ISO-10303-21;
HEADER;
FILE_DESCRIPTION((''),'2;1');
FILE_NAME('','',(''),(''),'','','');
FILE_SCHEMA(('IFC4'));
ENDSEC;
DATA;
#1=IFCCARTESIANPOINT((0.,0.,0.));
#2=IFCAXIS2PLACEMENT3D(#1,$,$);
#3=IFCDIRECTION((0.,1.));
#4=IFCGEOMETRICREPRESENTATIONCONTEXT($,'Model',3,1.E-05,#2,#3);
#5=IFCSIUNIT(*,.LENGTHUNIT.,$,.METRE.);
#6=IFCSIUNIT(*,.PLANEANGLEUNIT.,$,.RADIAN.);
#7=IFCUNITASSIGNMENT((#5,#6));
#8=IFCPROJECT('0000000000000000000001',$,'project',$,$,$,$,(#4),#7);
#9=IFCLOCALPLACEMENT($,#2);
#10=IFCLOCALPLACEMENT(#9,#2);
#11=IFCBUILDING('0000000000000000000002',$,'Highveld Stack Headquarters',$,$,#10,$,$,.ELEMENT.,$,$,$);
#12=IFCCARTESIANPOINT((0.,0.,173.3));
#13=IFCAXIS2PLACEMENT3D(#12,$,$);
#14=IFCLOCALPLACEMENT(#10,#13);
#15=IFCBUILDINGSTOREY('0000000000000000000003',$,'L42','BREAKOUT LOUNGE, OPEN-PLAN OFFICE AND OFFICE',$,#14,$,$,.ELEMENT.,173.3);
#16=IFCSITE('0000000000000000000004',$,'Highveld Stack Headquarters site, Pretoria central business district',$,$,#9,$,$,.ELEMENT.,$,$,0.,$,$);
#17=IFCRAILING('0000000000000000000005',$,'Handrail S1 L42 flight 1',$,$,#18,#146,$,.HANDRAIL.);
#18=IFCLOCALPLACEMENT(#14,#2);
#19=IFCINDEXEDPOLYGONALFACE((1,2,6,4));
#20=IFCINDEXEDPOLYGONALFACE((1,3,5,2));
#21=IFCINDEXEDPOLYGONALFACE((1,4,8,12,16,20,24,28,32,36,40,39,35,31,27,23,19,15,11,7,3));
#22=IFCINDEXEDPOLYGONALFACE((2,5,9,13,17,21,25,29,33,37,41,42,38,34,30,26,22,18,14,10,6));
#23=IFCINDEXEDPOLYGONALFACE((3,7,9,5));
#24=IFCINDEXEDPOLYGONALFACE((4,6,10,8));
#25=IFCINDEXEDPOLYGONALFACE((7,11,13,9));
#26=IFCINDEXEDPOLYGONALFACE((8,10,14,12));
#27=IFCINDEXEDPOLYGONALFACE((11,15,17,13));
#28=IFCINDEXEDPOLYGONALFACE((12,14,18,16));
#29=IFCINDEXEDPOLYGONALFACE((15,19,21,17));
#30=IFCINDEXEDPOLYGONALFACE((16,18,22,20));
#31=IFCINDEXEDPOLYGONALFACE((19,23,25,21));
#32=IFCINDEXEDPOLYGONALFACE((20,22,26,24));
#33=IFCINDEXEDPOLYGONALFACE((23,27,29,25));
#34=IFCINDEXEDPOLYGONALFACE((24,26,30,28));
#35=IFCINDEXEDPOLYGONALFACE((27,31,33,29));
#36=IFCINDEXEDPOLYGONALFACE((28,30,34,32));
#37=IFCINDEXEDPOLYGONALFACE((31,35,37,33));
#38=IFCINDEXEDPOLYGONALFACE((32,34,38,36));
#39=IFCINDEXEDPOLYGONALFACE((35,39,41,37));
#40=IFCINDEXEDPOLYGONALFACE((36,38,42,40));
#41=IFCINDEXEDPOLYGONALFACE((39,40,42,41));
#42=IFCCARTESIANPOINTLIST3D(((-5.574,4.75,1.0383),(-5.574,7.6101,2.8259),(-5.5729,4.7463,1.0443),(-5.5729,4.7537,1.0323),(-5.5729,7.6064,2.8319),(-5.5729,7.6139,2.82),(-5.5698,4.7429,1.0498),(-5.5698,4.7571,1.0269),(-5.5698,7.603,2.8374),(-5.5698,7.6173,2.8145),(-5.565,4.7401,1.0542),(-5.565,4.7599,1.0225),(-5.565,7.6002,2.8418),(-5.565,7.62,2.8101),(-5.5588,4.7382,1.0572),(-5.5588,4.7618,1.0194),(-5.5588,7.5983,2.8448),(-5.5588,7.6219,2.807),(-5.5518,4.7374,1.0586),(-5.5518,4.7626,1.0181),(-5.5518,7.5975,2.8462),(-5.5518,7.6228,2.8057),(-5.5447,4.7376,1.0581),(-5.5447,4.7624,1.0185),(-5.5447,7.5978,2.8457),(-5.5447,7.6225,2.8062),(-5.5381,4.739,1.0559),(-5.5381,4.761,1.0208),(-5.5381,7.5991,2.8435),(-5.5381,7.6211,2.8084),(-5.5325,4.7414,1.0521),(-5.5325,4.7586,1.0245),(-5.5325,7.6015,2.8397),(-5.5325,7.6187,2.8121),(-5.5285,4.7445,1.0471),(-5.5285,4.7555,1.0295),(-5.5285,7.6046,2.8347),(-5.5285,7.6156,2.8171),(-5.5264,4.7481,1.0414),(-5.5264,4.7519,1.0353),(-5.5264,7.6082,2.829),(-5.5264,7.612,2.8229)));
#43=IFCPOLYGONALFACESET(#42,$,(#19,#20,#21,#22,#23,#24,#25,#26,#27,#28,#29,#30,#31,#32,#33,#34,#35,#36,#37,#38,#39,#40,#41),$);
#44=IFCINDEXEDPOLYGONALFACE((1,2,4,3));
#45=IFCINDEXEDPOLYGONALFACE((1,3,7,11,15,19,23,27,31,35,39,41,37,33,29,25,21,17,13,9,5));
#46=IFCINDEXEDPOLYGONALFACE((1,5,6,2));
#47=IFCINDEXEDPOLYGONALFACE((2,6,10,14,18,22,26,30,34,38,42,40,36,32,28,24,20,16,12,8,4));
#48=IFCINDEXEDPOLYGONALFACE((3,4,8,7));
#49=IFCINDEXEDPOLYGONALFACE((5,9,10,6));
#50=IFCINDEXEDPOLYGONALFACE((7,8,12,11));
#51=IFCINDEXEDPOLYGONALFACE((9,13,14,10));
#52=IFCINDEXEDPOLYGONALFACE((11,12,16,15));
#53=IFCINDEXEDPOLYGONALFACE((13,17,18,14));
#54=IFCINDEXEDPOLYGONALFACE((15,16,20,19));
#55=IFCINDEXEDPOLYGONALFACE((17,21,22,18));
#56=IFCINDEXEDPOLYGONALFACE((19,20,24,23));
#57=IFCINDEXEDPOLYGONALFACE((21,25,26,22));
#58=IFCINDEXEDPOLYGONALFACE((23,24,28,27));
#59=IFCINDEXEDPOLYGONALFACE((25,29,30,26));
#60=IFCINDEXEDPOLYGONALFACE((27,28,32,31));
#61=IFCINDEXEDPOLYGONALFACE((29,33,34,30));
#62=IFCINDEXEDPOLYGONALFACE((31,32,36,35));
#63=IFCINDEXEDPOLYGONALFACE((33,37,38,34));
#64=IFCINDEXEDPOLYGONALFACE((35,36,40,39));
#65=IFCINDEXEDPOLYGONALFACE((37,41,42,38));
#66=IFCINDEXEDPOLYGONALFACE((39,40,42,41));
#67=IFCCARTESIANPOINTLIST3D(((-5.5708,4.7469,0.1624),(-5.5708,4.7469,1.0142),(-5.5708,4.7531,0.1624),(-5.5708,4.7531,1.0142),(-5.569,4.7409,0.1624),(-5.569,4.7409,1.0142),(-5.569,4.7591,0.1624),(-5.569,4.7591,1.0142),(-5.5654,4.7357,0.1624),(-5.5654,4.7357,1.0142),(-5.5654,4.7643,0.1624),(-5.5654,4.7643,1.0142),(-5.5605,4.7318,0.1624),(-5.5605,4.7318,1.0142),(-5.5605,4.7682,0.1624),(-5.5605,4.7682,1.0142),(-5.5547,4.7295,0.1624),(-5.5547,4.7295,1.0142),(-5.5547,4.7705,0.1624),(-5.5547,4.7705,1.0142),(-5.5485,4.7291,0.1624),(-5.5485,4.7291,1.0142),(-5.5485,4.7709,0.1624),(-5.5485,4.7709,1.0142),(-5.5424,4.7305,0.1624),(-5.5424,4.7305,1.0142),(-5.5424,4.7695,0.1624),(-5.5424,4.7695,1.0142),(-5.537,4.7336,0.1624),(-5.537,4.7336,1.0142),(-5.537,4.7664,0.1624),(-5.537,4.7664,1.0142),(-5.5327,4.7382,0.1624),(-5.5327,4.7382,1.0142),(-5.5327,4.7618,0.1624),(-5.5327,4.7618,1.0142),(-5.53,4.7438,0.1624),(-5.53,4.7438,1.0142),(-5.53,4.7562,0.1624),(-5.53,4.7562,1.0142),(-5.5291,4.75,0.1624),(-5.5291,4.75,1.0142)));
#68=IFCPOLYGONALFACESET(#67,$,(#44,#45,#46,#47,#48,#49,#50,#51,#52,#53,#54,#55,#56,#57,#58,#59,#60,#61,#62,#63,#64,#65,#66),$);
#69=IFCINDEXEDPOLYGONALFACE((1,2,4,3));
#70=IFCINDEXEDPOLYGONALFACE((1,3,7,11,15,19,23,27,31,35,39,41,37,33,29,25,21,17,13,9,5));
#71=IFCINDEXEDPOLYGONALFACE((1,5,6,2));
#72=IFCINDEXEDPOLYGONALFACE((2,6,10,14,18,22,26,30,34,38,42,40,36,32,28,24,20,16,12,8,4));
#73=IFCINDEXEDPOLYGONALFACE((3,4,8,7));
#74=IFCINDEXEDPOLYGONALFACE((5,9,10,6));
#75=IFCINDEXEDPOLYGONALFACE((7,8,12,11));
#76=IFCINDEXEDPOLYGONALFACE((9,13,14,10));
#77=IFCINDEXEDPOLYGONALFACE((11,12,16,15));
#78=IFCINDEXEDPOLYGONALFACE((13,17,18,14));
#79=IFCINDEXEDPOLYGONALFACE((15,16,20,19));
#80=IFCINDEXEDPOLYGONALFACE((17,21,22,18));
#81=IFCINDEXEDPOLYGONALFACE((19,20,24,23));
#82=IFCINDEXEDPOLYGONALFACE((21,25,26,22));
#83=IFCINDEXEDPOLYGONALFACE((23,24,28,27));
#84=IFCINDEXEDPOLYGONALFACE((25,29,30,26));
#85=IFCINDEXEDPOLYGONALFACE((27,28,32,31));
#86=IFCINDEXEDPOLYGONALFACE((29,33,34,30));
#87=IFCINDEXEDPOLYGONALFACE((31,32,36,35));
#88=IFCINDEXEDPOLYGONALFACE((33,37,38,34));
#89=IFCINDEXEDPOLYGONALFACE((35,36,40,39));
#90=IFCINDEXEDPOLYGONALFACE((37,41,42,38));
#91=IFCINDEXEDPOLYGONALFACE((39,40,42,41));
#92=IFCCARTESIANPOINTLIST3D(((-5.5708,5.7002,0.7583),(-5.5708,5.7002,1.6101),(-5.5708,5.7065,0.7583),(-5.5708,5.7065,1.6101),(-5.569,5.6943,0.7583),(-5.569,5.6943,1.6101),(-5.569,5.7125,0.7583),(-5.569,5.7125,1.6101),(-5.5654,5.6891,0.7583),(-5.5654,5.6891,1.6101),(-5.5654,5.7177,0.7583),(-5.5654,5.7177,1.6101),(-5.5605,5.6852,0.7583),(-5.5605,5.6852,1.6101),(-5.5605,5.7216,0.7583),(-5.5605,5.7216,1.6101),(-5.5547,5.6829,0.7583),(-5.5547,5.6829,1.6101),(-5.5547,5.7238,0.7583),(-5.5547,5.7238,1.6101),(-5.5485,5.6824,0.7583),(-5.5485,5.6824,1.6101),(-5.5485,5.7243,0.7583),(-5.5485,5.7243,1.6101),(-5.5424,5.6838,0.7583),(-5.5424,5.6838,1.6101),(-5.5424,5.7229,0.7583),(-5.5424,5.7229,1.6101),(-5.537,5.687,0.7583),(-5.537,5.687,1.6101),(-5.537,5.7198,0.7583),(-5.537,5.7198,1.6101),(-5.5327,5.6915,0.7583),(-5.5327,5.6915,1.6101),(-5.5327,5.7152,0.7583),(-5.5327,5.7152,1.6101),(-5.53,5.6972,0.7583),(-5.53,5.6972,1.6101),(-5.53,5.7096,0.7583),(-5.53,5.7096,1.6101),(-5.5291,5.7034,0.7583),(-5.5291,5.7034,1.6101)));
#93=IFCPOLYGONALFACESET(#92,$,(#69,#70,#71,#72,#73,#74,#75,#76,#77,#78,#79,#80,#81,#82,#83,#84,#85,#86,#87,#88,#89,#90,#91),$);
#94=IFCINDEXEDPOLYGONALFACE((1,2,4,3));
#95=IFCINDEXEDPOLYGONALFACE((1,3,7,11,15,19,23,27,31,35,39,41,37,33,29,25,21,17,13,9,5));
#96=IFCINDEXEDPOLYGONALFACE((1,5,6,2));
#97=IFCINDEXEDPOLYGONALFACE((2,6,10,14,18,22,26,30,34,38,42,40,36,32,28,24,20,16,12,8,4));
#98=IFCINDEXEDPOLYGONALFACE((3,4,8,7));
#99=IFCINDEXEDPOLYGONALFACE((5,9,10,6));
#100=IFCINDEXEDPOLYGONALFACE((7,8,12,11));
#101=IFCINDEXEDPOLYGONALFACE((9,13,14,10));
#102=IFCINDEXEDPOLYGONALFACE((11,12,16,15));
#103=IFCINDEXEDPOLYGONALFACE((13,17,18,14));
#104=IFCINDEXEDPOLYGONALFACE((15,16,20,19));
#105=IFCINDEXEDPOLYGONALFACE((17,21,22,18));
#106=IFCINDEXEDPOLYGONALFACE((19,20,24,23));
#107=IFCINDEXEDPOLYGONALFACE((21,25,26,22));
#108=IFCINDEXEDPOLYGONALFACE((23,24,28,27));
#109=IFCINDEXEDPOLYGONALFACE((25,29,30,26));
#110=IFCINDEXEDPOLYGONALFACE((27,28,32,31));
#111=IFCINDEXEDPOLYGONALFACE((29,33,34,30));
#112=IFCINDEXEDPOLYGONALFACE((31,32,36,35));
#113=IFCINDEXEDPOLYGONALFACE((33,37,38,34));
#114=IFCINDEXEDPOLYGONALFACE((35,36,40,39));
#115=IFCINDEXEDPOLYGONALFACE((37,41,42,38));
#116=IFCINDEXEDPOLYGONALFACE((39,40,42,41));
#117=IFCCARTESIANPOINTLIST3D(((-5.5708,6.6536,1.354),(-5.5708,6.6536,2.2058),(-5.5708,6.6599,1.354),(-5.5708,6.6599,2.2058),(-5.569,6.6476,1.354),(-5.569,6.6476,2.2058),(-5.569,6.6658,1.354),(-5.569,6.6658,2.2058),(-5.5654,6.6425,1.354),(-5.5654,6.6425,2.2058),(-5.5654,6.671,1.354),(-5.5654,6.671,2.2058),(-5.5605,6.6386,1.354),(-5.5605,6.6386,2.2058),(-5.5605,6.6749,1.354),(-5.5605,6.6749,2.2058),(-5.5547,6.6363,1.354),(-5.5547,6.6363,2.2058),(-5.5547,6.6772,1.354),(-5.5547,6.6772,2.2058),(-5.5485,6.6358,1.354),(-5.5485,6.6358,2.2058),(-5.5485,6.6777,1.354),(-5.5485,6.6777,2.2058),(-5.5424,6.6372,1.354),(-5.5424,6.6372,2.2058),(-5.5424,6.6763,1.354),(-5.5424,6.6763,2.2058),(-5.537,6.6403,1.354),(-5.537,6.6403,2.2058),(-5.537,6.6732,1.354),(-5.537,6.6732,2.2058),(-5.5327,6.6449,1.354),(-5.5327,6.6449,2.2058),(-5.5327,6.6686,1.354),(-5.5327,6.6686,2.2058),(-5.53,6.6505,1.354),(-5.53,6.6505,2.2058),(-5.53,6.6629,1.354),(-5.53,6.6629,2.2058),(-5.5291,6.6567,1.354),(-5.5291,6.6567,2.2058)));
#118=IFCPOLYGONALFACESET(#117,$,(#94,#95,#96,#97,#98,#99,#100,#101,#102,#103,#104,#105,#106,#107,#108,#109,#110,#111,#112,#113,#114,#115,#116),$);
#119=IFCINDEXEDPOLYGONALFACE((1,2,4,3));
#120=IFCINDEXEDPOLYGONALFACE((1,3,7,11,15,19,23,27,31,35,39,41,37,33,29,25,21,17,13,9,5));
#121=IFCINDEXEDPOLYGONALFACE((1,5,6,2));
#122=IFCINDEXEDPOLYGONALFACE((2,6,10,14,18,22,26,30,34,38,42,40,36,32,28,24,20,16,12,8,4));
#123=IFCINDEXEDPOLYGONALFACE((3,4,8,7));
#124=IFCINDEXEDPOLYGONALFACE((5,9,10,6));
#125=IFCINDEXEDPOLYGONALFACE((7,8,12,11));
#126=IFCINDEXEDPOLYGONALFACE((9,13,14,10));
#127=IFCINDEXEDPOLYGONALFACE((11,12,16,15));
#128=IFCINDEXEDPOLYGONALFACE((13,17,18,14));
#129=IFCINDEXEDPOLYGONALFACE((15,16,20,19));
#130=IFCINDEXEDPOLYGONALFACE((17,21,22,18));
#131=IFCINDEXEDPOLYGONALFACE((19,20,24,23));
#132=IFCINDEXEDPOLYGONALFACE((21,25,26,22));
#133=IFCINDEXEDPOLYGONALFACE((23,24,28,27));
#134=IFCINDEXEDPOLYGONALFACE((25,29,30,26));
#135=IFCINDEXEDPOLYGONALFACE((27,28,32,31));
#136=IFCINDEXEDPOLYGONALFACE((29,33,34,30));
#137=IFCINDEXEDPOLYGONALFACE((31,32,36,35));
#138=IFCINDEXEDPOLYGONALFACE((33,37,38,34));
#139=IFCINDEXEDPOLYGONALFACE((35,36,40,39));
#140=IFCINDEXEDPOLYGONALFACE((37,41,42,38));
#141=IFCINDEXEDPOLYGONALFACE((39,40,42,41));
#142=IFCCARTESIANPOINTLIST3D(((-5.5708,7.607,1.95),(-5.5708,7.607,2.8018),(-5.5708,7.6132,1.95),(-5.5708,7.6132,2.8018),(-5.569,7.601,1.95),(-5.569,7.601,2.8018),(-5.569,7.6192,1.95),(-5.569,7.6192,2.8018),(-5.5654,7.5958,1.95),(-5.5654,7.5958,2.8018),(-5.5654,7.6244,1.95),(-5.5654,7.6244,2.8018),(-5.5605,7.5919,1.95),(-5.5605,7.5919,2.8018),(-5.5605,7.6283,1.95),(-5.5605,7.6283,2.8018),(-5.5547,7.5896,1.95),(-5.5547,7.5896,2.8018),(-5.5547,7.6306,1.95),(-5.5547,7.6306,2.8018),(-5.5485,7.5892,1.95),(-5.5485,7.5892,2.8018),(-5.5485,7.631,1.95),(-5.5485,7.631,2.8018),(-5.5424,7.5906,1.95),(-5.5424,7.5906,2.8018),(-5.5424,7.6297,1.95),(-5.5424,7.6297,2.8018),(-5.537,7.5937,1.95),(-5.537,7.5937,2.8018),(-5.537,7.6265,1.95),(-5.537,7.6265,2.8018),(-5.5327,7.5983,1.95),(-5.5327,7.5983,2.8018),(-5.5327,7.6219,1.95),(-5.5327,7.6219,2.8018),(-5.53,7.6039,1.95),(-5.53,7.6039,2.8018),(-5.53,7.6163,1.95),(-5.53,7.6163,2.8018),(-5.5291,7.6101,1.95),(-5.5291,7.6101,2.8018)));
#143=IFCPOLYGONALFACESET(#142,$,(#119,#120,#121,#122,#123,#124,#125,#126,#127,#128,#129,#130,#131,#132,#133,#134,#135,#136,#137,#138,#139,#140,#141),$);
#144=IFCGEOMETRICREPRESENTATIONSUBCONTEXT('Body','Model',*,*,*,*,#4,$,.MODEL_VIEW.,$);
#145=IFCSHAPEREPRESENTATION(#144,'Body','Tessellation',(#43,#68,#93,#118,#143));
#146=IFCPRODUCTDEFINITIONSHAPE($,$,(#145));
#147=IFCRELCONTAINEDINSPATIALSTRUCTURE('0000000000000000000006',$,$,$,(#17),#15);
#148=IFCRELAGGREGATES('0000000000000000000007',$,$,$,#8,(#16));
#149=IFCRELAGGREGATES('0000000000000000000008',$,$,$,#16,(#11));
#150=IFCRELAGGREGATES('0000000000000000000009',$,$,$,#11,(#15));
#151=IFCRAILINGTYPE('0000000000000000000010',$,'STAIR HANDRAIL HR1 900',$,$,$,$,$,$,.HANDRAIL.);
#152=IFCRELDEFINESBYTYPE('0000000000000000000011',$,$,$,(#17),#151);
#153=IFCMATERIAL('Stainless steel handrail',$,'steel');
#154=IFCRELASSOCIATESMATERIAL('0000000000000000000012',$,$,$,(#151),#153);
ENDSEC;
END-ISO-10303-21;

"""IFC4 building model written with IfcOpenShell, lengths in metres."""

from ifc_helpers import new_model, si_unit, direction, frame, origin, origin_2d, place, context, subcontext, project, spatial, circle, extrude, material, type_object, element, save


model = new_model("IFC4")

# Units and contexts
model_context = context("Model", 3, precision=1e-05, world=origin(), true_north=direction((0.0, 1.0)))
body_context = subcontext(model_context, "Body", "Model", "MODEL_VIEW")
ifc_project = project(units=[si_unit("LENGTHUNIT", "METRE"), si_unit("PLANEANGLEUNIT", "RADIAN")], contexts=[model_context])

# Site, building, storey
site_placement = place(None, origin())
site = spatial("IfcSite", under=ifc_project, at=site_placement, Name="Highveld Stack Headquarters site, Pretoria central business district", CompositionType="ELEMENT", RefElevation=0.0)
building_placement = place(site_placement, origin())
building = spatial("IfcBuilding", under=site, at=building_placement, Name="Highveld Stack Headquarters", CompositionType="ELEMENT")
storey_placement = place(building_placement, frame((0.0, 0.0, 173.3)))
storey = spatial("IfcBuildingStorey", under=building, at=storey_placement, Name="L42", Description="BREAKOUT LOUNGE, OPEN-PLAN OFFICE AND OFFICE", CompositionType="ELEMENT", Elevation=173.3)

# Railing
ifc_material_1 = material(Name="Stainless steel handrail", Category="steel")
railing_type = type_object("IfcRailingType", Name="STAIR HANDRAIL HR1 900", PredefinedType="HANDRAIL", material=ifc_material_1)
for number, where, name in (
    (1, (-5.55, 4.75, 0.1624), "Handrail S1 L42 flight 1"),
):
    element("IfcRailing", number, at=place(storey_placement, frame(where)), inside=storey, type_object=railing_type, Name=name, PredefinedType="HANDRAIL", context=body_context, shape_type="SweptSolid", body=[
        extrude(circle(Radius=0.0239, at=origin_2d()), frame((0.0, 0.0, 0.876), z_axis=(0.0, 0.847994, 0.530005), x_axis=(-1.0, 0.0, 0.0)), (0.0, 0.0, 1.0), 3.3728),
        extrude(circle(Radius=0.021, at=origin_2d()), origin(), (0.0, 0.0, 1.0), 0.8518),
        extrude(circle(Radius=0.021, at=origin_2d()), frame((0.0, 0.9534, 0.5959)), (0.0, 0.0, 1.0), 0.8518),
        extrude(circle(Radius=0.021, at=origin_2d()), frame((0.0, 1.9067, 1.1917)), (0.0, 0.0, 1.0), 0.8518),
        extrude(circle(Radius=0.021, at=origin_2d()), frame((0.0, 2.8601, 1.7876)), (0.0, 0.0, 1.0), 0.8518),
    ])

save(model, "model.ifc")
